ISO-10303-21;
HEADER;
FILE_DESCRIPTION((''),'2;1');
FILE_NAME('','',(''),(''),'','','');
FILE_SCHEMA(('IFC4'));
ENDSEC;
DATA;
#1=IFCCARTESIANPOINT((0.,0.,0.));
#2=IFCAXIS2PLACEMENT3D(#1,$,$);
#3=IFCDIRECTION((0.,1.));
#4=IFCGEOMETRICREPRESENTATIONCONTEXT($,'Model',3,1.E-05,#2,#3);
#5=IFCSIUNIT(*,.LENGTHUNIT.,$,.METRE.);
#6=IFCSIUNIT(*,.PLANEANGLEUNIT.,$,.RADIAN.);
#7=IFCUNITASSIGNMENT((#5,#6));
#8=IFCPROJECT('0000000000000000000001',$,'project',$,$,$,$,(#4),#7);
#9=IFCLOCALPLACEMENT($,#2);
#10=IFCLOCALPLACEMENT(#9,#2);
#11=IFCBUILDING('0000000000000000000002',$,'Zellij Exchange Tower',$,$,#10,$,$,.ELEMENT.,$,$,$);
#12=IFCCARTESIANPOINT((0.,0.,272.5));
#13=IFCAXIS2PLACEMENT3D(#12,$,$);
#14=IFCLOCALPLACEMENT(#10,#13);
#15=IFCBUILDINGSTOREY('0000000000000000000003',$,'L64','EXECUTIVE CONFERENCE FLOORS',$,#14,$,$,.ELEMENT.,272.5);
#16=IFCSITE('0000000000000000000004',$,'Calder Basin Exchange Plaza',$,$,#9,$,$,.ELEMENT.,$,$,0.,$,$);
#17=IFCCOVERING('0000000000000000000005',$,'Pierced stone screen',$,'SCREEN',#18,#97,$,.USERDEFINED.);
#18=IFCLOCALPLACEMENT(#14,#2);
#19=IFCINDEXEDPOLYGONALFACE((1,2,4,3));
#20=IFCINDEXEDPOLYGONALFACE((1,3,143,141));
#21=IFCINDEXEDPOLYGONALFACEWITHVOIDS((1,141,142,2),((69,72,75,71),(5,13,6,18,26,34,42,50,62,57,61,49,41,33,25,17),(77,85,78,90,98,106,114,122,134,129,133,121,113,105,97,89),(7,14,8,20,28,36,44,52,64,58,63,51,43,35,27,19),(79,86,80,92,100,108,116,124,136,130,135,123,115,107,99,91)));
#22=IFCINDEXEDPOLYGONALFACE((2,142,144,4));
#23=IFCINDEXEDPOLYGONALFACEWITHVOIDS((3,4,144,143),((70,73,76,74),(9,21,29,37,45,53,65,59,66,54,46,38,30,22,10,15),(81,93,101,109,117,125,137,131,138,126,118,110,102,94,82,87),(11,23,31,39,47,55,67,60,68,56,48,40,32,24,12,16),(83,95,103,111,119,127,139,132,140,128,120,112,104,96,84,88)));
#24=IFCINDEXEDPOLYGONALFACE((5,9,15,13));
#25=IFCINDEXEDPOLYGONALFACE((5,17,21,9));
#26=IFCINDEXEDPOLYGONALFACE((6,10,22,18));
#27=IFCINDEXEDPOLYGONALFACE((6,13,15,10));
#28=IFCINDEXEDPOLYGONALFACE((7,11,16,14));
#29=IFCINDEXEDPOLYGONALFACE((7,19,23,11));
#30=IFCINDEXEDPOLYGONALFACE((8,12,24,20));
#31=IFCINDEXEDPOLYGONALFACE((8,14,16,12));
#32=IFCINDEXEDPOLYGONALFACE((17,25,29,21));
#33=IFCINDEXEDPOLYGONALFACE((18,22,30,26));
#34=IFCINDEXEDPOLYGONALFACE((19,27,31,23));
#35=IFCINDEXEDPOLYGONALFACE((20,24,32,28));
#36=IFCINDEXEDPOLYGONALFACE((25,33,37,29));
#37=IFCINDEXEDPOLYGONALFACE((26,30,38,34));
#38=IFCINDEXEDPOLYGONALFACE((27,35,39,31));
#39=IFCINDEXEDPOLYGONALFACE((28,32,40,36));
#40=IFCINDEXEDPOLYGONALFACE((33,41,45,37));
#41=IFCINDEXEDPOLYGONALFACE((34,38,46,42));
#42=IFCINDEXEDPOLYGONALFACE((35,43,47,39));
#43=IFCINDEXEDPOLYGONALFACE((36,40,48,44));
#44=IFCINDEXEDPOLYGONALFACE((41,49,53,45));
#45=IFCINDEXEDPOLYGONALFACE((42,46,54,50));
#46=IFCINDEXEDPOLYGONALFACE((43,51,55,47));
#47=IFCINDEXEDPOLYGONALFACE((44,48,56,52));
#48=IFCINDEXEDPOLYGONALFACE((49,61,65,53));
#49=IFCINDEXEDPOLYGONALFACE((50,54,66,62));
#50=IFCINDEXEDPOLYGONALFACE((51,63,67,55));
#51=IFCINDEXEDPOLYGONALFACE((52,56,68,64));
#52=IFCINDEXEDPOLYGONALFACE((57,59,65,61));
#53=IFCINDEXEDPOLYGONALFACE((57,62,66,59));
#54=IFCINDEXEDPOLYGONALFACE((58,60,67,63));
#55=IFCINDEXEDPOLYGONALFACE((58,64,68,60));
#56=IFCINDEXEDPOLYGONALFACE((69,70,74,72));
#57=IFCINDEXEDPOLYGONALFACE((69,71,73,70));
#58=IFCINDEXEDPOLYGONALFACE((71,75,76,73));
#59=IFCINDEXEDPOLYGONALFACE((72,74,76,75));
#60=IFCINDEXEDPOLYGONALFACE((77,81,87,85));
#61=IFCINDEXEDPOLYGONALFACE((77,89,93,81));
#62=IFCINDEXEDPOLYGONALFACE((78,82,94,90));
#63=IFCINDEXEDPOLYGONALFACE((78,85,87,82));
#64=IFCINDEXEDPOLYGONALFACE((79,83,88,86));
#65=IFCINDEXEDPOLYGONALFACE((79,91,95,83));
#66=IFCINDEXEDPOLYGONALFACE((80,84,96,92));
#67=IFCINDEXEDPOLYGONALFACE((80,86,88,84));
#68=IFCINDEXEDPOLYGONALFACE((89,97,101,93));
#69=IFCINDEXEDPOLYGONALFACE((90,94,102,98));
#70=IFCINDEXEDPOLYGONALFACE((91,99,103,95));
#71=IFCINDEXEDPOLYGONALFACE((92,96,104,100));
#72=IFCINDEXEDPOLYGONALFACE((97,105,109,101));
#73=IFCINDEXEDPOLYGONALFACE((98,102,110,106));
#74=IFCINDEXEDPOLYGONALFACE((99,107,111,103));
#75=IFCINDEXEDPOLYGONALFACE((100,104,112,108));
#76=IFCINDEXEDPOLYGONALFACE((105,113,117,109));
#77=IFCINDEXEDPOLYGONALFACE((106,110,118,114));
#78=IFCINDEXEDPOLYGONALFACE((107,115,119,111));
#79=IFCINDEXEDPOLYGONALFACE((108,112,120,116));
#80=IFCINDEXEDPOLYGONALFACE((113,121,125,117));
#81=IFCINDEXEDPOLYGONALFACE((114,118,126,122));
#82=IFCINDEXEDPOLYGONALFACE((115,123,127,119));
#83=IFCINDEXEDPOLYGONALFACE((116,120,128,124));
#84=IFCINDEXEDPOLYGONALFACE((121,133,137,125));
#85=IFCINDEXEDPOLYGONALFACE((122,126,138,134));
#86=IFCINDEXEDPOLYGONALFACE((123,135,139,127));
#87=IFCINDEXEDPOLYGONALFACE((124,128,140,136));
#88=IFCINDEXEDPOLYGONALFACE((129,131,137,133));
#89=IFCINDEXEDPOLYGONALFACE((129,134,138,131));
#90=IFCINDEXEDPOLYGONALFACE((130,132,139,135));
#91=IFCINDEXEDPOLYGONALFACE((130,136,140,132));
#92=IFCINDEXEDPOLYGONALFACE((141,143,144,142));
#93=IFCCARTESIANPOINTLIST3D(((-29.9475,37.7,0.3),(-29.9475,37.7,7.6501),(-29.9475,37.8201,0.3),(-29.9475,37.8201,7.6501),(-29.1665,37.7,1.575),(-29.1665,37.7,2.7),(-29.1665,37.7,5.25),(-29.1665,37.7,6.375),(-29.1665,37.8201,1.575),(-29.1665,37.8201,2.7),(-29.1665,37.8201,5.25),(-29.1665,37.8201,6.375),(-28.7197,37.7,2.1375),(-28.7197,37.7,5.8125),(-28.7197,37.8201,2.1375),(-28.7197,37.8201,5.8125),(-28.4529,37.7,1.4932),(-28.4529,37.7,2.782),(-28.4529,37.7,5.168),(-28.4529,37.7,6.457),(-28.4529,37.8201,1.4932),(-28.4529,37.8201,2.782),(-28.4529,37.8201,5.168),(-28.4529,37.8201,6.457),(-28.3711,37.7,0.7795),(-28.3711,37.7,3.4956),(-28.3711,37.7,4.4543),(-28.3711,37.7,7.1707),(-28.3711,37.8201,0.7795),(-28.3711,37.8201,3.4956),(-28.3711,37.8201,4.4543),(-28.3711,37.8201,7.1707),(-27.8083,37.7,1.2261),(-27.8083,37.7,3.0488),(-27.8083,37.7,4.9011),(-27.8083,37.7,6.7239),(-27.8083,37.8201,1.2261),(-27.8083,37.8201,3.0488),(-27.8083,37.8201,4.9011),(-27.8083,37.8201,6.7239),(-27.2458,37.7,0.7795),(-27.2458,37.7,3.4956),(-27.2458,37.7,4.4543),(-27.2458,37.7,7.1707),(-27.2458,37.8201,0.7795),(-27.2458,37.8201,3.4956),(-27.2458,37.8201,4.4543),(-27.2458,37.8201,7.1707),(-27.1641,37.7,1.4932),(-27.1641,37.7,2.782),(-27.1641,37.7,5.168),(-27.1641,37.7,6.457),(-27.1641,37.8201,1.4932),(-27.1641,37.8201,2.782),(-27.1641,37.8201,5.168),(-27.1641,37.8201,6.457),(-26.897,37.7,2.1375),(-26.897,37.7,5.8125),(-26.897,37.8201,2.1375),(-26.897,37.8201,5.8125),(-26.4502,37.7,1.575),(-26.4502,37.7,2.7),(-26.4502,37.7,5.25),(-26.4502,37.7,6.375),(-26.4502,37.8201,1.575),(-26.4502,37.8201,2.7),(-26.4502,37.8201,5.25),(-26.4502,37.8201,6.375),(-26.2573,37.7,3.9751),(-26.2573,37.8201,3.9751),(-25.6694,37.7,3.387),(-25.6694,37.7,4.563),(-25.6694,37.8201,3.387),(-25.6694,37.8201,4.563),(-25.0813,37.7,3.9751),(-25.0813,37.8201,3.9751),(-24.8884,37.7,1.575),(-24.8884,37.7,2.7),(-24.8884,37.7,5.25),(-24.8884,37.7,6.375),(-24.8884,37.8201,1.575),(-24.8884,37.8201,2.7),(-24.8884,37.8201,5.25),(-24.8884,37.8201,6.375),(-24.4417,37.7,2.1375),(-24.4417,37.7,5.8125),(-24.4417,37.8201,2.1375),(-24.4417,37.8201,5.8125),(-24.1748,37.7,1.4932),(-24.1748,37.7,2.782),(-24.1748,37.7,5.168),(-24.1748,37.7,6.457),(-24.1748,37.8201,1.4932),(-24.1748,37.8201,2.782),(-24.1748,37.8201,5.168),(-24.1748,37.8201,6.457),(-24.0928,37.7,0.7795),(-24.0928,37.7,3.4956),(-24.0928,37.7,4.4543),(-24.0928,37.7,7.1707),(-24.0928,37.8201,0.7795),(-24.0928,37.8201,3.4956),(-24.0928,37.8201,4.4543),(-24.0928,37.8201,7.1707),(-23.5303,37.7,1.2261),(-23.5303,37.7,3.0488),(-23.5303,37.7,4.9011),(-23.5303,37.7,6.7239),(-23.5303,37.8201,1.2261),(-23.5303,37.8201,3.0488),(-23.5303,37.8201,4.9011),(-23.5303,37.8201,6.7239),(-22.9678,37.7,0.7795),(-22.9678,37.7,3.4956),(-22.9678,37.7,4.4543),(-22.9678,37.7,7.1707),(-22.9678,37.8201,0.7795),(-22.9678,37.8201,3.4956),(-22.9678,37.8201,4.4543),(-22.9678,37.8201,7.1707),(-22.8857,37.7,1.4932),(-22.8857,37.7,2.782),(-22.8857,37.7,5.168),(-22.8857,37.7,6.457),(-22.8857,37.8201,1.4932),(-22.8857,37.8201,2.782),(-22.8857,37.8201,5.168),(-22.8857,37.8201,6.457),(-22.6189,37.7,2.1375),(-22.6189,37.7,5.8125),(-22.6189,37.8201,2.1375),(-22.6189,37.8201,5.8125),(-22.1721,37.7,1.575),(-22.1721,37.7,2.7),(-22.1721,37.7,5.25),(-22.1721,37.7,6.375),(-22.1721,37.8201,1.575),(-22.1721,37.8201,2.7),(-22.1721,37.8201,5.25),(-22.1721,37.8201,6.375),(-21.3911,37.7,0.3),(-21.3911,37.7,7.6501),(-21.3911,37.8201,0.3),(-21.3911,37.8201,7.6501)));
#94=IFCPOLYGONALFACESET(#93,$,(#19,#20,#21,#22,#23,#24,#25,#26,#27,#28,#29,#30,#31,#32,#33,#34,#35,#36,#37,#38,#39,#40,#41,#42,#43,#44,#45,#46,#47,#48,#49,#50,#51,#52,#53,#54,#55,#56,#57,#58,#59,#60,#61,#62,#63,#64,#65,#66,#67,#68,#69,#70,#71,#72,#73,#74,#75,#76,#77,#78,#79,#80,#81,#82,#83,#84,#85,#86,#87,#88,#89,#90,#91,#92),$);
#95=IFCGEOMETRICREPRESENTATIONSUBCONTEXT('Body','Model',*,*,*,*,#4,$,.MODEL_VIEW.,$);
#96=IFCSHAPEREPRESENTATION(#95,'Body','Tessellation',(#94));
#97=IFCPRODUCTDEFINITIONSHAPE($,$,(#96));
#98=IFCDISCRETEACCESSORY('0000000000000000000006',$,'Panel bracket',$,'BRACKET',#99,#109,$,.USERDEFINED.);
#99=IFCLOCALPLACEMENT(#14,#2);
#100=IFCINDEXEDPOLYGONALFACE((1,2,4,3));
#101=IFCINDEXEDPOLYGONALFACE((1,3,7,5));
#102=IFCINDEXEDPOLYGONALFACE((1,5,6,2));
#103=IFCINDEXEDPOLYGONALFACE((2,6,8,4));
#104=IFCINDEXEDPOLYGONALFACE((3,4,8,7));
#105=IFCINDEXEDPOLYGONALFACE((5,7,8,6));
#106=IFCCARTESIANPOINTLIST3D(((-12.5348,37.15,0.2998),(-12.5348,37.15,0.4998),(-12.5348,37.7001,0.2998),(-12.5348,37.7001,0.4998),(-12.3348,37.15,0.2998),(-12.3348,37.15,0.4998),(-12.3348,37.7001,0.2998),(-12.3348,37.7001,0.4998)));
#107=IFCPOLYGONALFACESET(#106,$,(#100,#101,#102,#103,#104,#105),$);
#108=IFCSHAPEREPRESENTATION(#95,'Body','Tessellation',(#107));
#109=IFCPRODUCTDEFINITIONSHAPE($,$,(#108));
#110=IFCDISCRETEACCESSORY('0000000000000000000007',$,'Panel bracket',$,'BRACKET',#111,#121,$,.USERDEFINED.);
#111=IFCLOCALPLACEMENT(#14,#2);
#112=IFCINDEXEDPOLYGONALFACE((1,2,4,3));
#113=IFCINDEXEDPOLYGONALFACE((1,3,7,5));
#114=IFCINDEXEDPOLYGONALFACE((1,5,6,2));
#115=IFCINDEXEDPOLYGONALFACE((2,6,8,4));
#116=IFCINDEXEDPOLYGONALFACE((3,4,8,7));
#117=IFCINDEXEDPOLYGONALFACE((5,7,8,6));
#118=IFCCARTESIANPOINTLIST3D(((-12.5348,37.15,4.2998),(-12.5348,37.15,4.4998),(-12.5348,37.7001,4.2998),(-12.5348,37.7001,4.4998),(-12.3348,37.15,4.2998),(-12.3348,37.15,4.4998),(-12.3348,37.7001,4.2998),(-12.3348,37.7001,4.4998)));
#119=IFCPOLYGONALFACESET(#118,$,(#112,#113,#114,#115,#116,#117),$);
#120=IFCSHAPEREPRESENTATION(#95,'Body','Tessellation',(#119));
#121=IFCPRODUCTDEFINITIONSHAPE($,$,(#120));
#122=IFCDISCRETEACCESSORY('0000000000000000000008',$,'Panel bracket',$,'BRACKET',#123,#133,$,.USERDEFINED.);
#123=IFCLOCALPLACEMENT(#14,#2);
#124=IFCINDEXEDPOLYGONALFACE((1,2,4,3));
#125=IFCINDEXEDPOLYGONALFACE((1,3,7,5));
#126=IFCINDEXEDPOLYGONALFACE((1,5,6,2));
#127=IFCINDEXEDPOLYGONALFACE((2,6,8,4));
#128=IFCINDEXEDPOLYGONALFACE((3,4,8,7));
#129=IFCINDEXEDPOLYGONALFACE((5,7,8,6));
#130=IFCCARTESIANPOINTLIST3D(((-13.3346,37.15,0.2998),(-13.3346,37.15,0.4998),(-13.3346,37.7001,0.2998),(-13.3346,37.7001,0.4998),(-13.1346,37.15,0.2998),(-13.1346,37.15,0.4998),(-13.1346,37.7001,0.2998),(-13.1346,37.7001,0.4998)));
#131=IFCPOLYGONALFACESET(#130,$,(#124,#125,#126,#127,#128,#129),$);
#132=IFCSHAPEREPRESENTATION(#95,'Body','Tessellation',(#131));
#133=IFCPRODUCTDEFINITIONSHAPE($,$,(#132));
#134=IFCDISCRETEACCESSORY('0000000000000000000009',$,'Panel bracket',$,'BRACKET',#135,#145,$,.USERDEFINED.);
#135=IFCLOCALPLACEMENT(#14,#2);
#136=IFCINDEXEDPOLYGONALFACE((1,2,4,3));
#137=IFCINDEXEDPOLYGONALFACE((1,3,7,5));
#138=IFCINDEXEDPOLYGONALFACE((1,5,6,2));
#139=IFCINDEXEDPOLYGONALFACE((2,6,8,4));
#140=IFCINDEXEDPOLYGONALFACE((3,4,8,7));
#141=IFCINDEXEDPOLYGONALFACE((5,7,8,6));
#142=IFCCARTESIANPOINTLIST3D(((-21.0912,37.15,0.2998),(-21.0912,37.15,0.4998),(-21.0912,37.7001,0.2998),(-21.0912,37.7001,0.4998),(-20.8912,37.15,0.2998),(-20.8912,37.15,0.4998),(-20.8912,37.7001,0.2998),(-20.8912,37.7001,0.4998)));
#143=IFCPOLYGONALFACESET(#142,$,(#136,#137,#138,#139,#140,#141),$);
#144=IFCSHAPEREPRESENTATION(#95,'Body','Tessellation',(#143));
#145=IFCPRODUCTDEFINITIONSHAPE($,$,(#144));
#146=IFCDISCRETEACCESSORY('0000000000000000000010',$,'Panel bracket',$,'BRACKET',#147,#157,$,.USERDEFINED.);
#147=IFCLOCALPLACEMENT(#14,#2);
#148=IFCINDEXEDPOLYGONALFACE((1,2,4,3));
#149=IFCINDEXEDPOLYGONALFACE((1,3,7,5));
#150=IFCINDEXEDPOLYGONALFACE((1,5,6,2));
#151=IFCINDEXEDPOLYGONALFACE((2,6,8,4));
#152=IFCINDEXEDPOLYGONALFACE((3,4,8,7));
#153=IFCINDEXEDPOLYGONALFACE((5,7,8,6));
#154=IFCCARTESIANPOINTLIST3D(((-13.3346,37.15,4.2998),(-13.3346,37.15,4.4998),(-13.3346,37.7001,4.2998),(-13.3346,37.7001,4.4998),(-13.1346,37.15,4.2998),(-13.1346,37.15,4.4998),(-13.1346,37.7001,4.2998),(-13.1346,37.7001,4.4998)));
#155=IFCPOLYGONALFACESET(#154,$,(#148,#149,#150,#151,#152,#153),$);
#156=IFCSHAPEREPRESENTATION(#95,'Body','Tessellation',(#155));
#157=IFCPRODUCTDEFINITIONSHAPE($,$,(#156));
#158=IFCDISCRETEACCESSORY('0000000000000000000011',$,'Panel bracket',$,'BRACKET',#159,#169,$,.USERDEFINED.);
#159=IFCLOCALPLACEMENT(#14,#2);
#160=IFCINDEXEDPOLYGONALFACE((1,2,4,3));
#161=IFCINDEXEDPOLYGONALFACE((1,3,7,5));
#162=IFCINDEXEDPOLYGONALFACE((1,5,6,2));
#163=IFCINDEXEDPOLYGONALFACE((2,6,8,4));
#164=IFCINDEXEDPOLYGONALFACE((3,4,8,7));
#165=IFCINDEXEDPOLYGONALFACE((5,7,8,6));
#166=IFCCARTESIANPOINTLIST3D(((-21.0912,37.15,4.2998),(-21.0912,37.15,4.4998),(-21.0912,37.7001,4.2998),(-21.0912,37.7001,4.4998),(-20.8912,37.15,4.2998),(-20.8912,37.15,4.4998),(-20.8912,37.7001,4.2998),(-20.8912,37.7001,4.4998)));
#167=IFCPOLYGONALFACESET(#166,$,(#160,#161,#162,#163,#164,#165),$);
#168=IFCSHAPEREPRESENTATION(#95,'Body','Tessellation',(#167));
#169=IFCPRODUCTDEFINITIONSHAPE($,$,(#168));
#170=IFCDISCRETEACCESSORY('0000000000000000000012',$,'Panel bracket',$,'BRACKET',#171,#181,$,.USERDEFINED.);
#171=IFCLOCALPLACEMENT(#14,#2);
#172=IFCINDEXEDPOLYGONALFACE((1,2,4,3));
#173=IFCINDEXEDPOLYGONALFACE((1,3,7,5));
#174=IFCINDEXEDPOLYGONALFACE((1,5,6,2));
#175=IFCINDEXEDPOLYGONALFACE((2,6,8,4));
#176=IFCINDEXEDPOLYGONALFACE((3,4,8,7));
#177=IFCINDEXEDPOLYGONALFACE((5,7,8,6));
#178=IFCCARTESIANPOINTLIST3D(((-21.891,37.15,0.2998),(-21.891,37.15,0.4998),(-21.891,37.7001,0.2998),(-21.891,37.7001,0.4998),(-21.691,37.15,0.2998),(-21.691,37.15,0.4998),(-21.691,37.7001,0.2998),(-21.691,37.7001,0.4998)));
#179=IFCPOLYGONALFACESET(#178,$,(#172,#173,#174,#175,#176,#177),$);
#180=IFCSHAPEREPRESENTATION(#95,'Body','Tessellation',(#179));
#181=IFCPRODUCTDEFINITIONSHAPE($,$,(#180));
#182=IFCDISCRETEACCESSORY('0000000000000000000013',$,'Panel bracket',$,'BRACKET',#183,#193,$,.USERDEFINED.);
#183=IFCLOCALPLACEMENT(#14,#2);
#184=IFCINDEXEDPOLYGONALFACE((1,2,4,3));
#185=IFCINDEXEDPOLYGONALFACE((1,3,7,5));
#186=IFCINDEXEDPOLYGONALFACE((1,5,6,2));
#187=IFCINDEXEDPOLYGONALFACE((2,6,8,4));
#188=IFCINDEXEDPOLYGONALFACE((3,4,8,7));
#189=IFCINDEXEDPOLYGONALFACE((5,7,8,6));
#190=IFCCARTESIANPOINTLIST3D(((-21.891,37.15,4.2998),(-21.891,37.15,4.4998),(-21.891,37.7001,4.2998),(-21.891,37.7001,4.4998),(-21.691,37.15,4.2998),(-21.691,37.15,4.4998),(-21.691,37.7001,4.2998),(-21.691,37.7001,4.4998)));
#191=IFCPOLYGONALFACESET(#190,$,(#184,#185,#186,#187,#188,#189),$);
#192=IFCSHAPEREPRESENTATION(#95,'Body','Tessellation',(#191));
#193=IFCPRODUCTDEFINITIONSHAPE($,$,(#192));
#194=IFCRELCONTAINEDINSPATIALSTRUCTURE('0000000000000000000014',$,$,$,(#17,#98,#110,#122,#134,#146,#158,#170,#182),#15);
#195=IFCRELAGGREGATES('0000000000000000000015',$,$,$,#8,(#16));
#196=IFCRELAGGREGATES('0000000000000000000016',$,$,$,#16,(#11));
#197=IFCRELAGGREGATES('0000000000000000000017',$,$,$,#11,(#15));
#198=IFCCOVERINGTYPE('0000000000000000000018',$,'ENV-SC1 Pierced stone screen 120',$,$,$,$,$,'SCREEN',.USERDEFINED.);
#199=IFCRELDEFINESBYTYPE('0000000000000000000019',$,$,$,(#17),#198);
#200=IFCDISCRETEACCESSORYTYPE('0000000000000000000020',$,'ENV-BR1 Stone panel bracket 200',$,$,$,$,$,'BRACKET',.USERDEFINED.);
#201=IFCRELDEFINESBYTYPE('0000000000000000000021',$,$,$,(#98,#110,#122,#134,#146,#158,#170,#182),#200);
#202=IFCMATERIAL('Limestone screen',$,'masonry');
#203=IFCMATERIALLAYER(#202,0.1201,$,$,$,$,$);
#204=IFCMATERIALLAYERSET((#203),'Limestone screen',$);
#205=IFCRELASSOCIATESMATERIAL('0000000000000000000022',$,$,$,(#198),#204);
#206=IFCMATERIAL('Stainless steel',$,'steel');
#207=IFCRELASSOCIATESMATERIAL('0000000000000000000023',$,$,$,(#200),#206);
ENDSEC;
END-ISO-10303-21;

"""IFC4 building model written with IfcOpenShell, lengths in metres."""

from ifc_helpers import new_model, si_unit, direction, frame, origin, origin_2d, place, context, subcontext, project, spatial, polyline, rectangle, outline, extrude, material, layer, layer_set, type_object, element, save


model = new_model("IFC4")

# Units and contexts
model_context = context("Model", 3, precision=1e-05, world=origin(), true_north=direction((0.0, 1.0)))
body_context = subcontext(model_context, "Body", "Model", "MODEL_VIEW")
ifc_project = project(units=[si_unit("LENGTHUNIT", "METRE"), si_unit("PLANEANGLEUNIT", "RADIAN")], contexts=[model_context])

# Site, building, storey
site_placement = place(None, origin())
site = spatial("IfcSite", under=ifc_project, at=site_placement, Name="Calder Basin Exchange Plaza", CompositionType="ELEMENT", RefElevation=0.0)
building_placement = place(site_placement, origin())
building = spatial("IfcBuilding", under=site, at=building_placement, Name="Zellij Exchange Tower", CompositionType="ELEMENT")
storey_placement = place(building_placement, frame((0.0, 0.0, 272.5)))
storey = spatial("IfcBuildingStorey", under=building, at=storey_placement, Name="L64", Description="EXECUTIVE CONFERENCE FLOORS", CompositionType="ELEMENT", Elevation=272.5)

# Covering
ifc_material_1 = material(Name="Limestone screen", Category="masonry")
ifc_layer_1 = layer(ifc_material_1, 0.1201)
ifc_layer_set_1 = layer_set([ifc_layer_1], Name="Limestone screen")
covering_type = type_object("IfcCoveringType", Name="ENV-SC1 Pierced stone screen 120", ElementType="SCREEN", PredefinedType="USERDEFINED", material=ifc_layer_set_1)
covering_1_placement = place(storey_placement, frame((-21.3911, 37.76, 0.3), z_axis=(0.0, 0.0, 1.0), x_axis=(-1.0, 0.0, 0.0)))
element("IfcCovering", 1, at=covering_1_placement, inside=storey, type_object=covering_type, Name="Pierced stone screen", ObjectType="SCREEN", PredefinedType="USERDEFINED", context=body_context, shape_type="SweptSolid", body=[
    extrude(outline(polyline([(0.0, 0.0), (8.5564, 0.0), (8.5564, 7.3501), (0.0, 7.3501), (0.0, 0.0)]), holes=[polyline([(3.4973, 2.3999), (2.7837, 2.4819), (2.7017, 3.1956), (2.1392, 2.7488), (1.5767, 3.1956), (1.4946, 2.4819), (0.781, 2.3999), (1.2278, 1.8374), (0.781, 1.2749), (1.4946, 1.1931), (1.5767, 0.4795), (2.1392, 0.926), (2.7017, 0.4795), (2.7837, 1.1931), (3.4973, 1.2749), (3.0505, 1.8374), (3.4973, 2.3999)]), polyline([(3.4973, 6.075), (2.7837, 6.157), (2.7017, 6.8706), (2.1392, 6.4238), (1.5767, 6.8706), (1.4946, 6.157), (0.781, 6.075), (1.2278, 5.5125), (0.781, 4.95), (1.4946, 4.8679), (1.5767, 4.1543), (2.1392, 4.6011), (2.7017, 4.1543), (2.7837, 4.8679), (3.4973, 4.95), (3.0505, 5.5125), (3.4973, 6.075)]), polyline([(7.7754, 2.3999), (7.0618, 2.4819), (6.98, 3.1956), (6.4172, 2.7488), (5.8547, 3.1956), (5.7729, 2.4819), (5.0591, 2.3999), (5.5059, 1.8374), (5.0591, 1.2749), (5.7729, 1.1931), (5.8547, 0.4795), (6.4172, 0.926), (6.98, 0.4795), (7.0618, 1.1931), (7.7754, 1.2749), (7.3286, 1.8374), (7.7754, 2.3999)]), polyline([(7.7754, 6.075), (7.0618, 6.157), (6.98, 6.8706), (6.4172, 6.4238), (5.8547, 6.8706), (5.7729, 6.157), (5.0591, 6.075), (5.5059, 5.5125), (5.0591, 4.95), (5.7729, 4.8679), (5.8547, 4.1543), (6.4172, 4.6011), (6.98, 4.1543), (7.0618, 4.8679), (7.7754, 4.95), (7.3286, 5.5125), (7.7754, 6.075)]), polyline([(4.8662, 3.675), (4.2783, 4.2629), (3.6902, 3.675), (4.2783, 3.0869), (4.8662, 3.675)])]), frame((0.0, 0.0601, 0.0), z_axis=(0.0, -1.0, 0.0), x_axis=(1.0, 0.0, 0.0)), (0.0, 0.0, 1.0), 0.1201),
])

# Discrete accessories
ifc_material_2 = material(Name="Stainless steel", Category="steel")
discrete_accessory_type = type_object("IfcDiscreteAccessoryType", Name="ENV-BR1 Stone panel bracket 200", ElementType="BRACKET", PredefinedType="USERDEFINED", material=ifc_material_2)
for number, where, z_axis, x_axis, name in (
    (2, (-12.4348, 37.425, 0.2998), (0.0, 0.0, 1.0), (-1.0, 0.0, 0.0), "Panel bracket"),
    (3, (-12.4348, 37.425, 4.2998), (0.0, 0.0, 1.0), (-1.0, 0.0, 0.0), "Panel bracket"),
    (4, (-13.2346, 37.425, 0.2998), (0.0, 0.0, 1.0), (-1.0, 0.0, 0.0), "Panel bracket"),
    (5, (-20.9912, 37.425, 0.2998), (0.0, 0.0, 1.0), (-1.0, 0.0, 0.0), "Panel bracket"),
    (6, (-13.2346, 37.425, 4.2998), (0.0, 0.0, 1.0), (-1.0, 0.0, 0.0), "Panel bracket"),
    (7, (-20.9912, 37.425, 4.2998), (0.0, 0.0, 1.0), (-1.0, 0.0, 0.0), "Panel bracket"),
    (8, (-21.791, 37.425, 0.2998), (0.0, 0.0, 1.0), (-1.0, 0.0, 0.0), "Panel bracket"),
    (9, (-21.791, 37.425, 4.2998), (0.0, 0.0, 1.0), (-1.0, 0.0, 0.0), "Panel bracket"),
):
    element("IfcDiscreteAccessory", number, at=place(storey_placement, frame(where, z_axis=z_axis, x_axis=x_axis)), inside=storey, type_object=discrete_accessory_type, Name=name, ObjectType="BRACKET", PredefinedType="USERDEFINED", context=body_context, shape_type="SweptSolid", body=[
        extrude(rectangle(XDim=0.2, YDim=0.55, at=origin_2d()), origin(), (0.0, 0.0, 1.0), 0.2),
    ])

save(model, "model.ifc")
